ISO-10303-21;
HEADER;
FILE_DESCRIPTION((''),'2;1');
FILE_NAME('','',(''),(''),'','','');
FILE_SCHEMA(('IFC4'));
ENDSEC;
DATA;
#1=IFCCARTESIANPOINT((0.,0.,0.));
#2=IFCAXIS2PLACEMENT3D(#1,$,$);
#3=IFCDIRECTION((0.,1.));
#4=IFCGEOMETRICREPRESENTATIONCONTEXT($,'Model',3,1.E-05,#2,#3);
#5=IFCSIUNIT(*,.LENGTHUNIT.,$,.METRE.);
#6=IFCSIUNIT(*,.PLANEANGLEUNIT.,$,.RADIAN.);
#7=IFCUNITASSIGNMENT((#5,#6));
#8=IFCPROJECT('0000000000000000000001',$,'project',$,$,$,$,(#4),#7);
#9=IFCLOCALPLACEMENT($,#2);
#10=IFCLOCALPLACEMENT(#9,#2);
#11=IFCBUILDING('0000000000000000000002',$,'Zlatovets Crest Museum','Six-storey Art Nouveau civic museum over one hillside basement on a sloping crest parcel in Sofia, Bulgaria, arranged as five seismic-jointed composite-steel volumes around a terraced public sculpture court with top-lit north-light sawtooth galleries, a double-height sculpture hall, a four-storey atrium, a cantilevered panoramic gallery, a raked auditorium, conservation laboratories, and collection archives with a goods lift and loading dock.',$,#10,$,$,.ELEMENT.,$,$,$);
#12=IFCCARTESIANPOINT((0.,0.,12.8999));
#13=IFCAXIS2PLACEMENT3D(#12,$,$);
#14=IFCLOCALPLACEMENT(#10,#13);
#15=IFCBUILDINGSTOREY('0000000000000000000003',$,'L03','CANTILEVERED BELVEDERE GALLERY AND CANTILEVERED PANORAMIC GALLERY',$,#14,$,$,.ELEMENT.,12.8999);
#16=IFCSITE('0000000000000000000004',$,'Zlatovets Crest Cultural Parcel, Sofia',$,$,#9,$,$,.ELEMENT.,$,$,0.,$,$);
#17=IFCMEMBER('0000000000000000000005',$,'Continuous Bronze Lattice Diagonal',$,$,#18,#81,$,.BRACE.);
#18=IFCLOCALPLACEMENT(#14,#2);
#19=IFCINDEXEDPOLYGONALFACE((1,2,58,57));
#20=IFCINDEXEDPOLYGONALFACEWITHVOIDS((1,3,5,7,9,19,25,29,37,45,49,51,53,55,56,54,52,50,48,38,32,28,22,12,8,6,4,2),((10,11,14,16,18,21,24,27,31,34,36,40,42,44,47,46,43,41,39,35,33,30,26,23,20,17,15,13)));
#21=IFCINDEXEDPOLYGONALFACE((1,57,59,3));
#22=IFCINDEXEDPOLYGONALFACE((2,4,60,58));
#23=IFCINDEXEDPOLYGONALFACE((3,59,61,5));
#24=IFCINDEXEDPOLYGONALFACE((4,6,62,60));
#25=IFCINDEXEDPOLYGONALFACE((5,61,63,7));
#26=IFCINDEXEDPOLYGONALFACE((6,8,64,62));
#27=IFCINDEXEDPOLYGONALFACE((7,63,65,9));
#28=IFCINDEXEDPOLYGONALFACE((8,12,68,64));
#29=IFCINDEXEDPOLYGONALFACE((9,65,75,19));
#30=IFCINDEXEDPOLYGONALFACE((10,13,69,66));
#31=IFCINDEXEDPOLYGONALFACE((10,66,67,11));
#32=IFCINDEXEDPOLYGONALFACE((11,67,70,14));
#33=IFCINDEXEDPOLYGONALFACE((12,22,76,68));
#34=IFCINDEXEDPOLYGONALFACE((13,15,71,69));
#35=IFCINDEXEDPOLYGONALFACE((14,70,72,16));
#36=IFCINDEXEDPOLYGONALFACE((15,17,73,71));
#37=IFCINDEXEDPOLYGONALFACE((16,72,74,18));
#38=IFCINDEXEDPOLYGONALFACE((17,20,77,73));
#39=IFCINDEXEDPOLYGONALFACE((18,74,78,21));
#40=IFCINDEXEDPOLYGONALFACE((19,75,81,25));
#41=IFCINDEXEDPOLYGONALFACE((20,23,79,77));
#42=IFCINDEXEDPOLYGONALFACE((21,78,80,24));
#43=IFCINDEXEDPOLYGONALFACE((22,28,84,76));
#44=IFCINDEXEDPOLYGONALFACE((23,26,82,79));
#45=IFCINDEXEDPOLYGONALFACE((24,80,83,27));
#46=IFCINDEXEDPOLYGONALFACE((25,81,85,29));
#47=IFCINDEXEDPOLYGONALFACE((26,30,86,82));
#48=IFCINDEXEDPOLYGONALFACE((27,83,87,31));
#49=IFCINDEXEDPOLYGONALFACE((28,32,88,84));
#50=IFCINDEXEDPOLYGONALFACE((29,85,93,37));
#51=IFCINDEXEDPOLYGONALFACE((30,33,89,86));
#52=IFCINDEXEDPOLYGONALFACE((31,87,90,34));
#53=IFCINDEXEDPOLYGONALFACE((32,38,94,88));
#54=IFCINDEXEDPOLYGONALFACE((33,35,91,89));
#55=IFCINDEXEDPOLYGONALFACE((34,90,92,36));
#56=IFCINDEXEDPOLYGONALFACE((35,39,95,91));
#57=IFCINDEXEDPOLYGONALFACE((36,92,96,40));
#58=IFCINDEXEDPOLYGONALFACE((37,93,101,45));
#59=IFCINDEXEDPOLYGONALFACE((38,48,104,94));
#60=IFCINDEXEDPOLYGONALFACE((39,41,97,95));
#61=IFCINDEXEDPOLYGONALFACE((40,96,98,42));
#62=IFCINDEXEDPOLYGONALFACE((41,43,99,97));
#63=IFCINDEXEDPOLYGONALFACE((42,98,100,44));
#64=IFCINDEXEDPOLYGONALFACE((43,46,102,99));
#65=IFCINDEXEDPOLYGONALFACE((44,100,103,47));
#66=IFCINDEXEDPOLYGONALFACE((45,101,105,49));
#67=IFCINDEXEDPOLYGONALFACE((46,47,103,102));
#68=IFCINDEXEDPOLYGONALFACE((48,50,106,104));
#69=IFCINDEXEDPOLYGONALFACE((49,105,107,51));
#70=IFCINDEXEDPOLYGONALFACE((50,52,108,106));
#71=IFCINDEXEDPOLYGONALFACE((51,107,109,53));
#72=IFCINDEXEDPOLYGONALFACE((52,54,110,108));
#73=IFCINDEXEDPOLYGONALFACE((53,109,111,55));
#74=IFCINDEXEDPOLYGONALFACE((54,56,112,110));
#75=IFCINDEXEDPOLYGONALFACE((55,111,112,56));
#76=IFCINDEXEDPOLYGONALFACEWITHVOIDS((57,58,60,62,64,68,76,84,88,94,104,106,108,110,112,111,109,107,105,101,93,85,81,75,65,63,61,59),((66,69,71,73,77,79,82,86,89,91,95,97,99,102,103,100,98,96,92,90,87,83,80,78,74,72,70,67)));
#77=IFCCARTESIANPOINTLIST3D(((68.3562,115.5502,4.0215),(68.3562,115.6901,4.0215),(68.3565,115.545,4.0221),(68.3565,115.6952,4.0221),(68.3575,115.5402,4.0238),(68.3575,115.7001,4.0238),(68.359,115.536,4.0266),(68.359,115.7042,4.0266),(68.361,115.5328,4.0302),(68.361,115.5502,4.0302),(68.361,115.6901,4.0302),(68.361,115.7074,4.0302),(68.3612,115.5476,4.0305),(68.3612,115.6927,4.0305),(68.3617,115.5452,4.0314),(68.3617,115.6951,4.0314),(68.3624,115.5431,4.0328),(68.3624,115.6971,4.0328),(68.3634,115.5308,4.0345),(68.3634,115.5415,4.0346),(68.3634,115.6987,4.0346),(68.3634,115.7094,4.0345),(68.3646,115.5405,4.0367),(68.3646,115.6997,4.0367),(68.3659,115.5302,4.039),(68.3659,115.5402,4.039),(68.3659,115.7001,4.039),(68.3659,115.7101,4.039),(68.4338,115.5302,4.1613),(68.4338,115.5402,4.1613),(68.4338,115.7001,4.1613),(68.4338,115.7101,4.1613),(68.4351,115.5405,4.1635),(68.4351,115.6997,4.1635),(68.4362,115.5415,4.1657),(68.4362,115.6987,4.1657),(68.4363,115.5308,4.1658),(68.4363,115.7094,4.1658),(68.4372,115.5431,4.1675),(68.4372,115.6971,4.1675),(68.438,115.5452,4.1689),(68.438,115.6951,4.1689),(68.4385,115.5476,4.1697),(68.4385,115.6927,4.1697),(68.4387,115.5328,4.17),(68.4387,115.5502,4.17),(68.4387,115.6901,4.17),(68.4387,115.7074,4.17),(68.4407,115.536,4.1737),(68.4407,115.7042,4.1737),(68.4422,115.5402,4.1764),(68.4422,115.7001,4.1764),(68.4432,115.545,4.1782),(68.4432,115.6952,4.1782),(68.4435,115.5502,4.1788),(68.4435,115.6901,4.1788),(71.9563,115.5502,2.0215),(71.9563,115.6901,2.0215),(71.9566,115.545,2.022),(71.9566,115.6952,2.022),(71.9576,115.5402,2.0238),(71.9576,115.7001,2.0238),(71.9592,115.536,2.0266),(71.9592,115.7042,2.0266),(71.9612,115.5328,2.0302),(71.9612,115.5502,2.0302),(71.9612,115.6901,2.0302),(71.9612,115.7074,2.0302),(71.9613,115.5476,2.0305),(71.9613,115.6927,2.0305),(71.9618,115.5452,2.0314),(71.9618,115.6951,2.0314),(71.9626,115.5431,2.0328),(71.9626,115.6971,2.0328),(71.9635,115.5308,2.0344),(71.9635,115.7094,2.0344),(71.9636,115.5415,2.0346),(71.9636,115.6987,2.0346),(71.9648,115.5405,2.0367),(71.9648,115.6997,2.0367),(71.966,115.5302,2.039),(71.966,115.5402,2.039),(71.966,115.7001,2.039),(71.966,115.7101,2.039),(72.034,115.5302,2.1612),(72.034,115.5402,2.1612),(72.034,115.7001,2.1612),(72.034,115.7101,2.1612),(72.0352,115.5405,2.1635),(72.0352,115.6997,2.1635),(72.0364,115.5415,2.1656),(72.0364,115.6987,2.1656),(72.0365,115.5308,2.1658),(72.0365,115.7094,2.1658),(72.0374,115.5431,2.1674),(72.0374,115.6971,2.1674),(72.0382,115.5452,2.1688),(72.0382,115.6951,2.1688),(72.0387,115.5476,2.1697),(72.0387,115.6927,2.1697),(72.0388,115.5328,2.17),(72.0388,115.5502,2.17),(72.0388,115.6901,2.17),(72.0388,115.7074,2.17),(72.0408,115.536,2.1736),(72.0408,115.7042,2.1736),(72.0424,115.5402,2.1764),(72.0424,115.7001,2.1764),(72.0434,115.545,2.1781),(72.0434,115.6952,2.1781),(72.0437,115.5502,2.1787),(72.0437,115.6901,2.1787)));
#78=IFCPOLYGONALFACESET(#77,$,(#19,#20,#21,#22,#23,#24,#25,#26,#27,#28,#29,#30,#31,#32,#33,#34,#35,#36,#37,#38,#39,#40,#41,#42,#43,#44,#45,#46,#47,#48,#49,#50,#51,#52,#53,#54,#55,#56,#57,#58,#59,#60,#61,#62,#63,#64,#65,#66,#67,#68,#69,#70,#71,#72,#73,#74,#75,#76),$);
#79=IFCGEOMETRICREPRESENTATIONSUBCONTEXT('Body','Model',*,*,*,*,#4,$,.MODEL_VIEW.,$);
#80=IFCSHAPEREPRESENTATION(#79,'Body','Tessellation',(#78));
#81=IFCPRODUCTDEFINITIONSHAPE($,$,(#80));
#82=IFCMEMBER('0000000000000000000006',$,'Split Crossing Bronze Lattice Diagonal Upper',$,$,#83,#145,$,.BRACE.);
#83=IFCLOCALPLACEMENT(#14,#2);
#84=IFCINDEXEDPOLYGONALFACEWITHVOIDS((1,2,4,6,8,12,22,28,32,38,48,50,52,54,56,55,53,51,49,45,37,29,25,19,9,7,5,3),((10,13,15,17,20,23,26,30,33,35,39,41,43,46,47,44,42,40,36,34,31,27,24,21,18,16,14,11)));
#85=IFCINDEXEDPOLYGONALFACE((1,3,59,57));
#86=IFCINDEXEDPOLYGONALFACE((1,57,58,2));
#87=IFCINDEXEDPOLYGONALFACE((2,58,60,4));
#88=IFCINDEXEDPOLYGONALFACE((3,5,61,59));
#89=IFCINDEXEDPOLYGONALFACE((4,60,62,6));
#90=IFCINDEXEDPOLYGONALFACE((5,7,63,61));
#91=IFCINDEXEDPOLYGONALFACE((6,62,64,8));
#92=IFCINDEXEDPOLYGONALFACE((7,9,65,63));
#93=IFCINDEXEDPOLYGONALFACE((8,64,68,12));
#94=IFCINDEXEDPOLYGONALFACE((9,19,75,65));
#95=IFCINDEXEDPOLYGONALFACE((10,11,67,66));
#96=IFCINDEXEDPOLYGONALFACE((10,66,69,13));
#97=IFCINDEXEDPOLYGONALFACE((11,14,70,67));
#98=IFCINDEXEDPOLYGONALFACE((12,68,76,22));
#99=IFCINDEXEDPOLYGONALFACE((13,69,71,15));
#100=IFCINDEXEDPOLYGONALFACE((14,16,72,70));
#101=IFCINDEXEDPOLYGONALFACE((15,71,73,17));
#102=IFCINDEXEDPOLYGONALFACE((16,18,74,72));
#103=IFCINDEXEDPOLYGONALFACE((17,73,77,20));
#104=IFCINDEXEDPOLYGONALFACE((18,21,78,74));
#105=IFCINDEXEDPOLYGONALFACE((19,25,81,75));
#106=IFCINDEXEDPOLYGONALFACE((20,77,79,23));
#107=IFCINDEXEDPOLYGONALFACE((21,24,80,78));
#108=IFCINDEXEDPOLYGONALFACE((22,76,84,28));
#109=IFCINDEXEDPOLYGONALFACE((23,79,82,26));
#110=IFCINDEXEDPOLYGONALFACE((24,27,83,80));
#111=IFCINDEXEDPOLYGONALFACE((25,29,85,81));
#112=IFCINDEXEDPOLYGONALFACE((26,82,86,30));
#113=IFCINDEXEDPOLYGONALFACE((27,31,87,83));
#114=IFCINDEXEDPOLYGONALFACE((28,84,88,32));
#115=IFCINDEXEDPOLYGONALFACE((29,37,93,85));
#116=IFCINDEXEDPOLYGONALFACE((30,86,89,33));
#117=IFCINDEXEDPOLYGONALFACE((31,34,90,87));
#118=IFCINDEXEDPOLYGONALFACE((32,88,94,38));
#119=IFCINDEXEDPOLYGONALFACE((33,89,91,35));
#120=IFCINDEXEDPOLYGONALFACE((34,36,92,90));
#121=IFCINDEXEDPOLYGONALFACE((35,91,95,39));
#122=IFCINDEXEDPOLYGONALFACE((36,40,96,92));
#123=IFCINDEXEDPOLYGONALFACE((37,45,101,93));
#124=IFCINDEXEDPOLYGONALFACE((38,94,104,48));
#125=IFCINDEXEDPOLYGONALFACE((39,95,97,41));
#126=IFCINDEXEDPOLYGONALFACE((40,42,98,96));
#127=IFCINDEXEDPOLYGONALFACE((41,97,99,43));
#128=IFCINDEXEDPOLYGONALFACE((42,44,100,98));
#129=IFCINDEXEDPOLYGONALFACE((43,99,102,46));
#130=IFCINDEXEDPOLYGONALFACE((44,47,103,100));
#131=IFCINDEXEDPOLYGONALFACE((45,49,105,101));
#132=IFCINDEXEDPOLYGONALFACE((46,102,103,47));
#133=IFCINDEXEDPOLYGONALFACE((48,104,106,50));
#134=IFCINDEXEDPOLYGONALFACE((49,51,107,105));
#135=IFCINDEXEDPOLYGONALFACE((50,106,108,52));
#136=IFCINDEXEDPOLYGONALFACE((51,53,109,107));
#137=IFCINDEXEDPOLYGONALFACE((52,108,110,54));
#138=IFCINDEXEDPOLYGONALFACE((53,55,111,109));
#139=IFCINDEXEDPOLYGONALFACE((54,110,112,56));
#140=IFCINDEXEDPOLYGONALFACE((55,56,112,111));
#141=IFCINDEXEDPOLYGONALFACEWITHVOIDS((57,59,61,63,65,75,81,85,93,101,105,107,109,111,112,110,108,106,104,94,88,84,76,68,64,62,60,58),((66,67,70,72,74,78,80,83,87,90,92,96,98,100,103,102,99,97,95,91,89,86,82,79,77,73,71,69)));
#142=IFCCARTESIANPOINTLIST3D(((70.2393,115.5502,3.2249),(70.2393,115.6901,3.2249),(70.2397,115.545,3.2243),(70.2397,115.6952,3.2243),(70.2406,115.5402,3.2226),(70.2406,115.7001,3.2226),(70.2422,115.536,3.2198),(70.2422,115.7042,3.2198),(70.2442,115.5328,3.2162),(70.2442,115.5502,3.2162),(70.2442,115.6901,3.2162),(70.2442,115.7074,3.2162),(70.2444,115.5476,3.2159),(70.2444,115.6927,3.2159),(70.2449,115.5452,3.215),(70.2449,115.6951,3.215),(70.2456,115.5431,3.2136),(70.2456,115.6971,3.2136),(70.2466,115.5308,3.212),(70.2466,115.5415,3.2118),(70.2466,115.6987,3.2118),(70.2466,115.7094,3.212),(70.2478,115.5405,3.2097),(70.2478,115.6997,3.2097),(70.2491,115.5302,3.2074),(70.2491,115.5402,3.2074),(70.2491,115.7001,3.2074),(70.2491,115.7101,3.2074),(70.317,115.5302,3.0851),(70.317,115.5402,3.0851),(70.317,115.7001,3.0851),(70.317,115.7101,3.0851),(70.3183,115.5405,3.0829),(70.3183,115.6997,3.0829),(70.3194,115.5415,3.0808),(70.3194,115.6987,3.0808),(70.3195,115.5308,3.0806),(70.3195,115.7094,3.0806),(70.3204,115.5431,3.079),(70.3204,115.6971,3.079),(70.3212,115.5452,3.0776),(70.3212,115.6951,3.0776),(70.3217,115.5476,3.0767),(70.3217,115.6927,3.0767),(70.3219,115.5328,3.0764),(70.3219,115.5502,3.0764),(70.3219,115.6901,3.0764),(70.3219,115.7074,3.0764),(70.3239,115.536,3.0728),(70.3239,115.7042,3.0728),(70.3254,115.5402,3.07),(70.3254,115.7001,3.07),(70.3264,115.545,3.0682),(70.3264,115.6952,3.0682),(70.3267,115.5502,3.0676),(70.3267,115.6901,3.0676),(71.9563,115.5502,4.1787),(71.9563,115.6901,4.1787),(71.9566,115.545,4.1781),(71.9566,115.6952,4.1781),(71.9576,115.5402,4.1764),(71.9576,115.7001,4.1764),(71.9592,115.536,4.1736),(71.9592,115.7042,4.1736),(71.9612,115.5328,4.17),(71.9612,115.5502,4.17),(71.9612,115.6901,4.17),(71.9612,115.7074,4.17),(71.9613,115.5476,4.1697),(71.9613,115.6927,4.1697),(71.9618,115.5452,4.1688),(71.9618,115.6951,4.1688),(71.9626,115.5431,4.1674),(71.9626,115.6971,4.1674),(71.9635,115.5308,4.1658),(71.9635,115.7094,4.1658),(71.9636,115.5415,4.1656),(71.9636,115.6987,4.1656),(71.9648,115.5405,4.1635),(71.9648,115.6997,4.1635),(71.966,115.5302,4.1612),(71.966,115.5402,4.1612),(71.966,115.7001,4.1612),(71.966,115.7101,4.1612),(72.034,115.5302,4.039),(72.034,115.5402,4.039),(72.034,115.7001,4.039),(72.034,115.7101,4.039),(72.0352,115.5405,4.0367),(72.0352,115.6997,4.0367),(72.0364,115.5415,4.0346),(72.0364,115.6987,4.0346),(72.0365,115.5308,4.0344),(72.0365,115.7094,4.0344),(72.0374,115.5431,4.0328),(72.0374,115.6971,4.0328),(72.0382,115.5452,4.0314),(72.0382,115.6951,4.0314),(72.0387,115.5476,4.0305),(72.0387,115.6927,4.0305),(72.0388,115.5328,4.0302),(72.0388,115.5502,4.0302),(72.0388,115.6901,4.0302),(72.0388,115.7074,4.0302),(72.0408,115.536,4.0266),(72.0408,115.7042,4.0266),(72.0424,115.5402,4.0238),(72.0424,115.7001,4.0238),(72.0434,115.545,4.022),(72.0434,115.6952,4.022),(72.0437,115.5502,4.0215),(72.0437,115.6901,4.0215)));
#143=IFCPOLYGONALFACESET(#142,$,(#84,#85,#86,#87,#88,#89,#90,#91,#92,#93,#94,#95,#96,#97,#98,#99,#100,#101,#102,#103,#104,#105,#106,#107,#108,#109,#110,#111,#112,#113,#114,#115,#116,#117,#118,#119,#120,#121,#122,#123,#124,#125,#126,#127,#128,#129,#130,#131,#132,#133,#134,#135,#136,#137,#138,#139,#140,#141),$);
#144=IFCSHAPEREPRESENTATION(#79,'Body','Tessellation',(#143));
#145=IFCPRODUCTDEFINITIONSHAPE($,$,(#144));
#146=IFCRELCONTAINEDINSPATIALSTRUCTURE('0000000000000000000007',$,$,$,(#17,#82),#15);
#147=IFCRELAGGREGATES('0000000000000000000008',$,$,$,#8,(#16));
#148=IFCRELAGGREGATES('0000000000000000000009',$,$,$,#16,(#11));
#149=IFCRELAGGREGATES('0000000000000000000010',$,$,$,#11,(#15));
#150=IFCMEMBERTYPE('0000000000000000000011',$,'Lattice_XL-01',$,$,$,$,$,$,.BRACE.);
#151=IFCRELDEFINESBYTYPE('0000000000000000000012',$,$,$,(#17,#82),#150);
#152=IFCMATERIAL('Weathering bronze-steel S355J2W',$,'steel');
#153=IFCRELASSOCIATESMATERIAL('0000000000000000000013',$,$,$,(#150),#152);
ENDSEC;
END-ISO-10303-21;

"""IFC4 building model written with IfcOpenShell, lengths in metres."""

from ifc_helpers import new_model, si_unit, direction, frame, origin, origin_2d, place, context, subcontext, project, spatial, hollow_rectangle, extrude, material, material_profile, profile_set, type_object, element, save


model = new_model("IFC4")

# Units and contexts
model_context = context("Model", 3, precision=1e-05, world=origin(), true_north=direction((0.0, 1.0)))
body_context = subcontext(model_context, "Body", "Model", "MODEL_VIEW")
ifc_project = project(units=[si_unit("LENGTHUNIT", "METRE"), si_unit("PLANEANGLEUNIT", "RADIAN")], contexts=[model_context])

# Site, building, storey
site_placement = place(None, origin())
site = spatial("IfcSite", under=ifc_project, at=site_placement, Name="Zlatovets Crest Cultural Parcel, Sofia", CompositionType="ELEMENT", RefElevation=0.0)
building_placement = place(site_placement, origin())
building = spatial("IfcBuilding", under=site, at=building_placement, Name="Zlatovets Crest Museum", Description="Six-storey Art Nouveau civic museum over one hillside basement on a sloping crest parcel in Sofia, Bulgaria, arranged as five seismic-jointed composite-steel volumes around a terraced public sculpture court with top-lit north-light sawtooth galleries, a double-height sculpture hall, a four-storey atrium, a cantilevered panoramic gallery, a raked auditorium, conservation laboratories, and collection archives with a goods lift and loading dock.", CompositionType="ELEMENT")
storey_placement = place(building_placement, frame((0.0, 0.0, 12.8999)))
storey = spatial("IfcBuildingStorey", under=building, at=storey_placement, Name="L03", Description="CANTILEVERED BELVEDERE GALLERY AND CANTILEVERED PANORAMIC GALLERY", CompositionType="ELEMENT", Elevation=12.8999)

# Members
ifc_material_1 = material(Name="Weathering bronze-steel S355J2W", Category="steel")
ifc_material_profile_1 = material_profile(ifc_material_1, hollow_rectangle(XDim=0.1799, YDim=0.1799, WallThickness=0.01, InnerFilletRadius=0.01, OuterFilletRadius=0.02, at=origin_2d()), Name="SHS 180x180x10.0")
ifc_profile_set_1 = profile_set([ifc_material_profile_1], Name="Weathering bronze-steel S355J2W")
member_type_1 = type_object("IfcMemberType", Name="Lattice_XL-01", PredefinedType="BRACE", material=ifc_profile_set_1)
member_1_placement = place(storey_placement, frame((72.0, 115.6201, 2.1001), z_axis=(-0.874163, 0.0, 0.485633), x_axis=(0.0, -1.0, 0.0)))
element("IfcMember", 1, at=member_1_placement, inside=storey, type_object=member_type_1, Name="Continuous Bronze Lattice Diagonal", PredefinedType="BRACE", context=body_context, shape_type="SweptSolid", body=[
    extrude(hollow_rectangle(XDim=0.1799, YDim=0.1799, WallThickness=0.01, InnerFilletRadius=0.01, OuterFilletRadius=0.02, at=origin_2d()), origin(), (0.0, 0.0, 1.0), 4.1184),
])
member_2_placement = place(storey_placement, frame((72.0, 115.6201, 4.1001), z_axis=(-0.874169, 0.0, -0.485622), x_axis=(0.0, -1.0, 0.0)))
element("IfcMember", 2, at=member_2_placement, inside=storey, type_object=member_type_1, Name="Split Crossing Bronze Lattice Diagonal Upper", PredefinedType="BRACE", context=body_context, shape_type="SweptSolid", body=[
    extrude(hollow_rectangle(XDim=0.1799, YDim=0.1799, WallThickness=0.01, InnerFilletRadius=0.01, OuterFilletRadius=0.02, at=origin_2d()), origin(), (0.0, 0.0, 1.0), 1.9641),
])

save(model, "model.ifc")
